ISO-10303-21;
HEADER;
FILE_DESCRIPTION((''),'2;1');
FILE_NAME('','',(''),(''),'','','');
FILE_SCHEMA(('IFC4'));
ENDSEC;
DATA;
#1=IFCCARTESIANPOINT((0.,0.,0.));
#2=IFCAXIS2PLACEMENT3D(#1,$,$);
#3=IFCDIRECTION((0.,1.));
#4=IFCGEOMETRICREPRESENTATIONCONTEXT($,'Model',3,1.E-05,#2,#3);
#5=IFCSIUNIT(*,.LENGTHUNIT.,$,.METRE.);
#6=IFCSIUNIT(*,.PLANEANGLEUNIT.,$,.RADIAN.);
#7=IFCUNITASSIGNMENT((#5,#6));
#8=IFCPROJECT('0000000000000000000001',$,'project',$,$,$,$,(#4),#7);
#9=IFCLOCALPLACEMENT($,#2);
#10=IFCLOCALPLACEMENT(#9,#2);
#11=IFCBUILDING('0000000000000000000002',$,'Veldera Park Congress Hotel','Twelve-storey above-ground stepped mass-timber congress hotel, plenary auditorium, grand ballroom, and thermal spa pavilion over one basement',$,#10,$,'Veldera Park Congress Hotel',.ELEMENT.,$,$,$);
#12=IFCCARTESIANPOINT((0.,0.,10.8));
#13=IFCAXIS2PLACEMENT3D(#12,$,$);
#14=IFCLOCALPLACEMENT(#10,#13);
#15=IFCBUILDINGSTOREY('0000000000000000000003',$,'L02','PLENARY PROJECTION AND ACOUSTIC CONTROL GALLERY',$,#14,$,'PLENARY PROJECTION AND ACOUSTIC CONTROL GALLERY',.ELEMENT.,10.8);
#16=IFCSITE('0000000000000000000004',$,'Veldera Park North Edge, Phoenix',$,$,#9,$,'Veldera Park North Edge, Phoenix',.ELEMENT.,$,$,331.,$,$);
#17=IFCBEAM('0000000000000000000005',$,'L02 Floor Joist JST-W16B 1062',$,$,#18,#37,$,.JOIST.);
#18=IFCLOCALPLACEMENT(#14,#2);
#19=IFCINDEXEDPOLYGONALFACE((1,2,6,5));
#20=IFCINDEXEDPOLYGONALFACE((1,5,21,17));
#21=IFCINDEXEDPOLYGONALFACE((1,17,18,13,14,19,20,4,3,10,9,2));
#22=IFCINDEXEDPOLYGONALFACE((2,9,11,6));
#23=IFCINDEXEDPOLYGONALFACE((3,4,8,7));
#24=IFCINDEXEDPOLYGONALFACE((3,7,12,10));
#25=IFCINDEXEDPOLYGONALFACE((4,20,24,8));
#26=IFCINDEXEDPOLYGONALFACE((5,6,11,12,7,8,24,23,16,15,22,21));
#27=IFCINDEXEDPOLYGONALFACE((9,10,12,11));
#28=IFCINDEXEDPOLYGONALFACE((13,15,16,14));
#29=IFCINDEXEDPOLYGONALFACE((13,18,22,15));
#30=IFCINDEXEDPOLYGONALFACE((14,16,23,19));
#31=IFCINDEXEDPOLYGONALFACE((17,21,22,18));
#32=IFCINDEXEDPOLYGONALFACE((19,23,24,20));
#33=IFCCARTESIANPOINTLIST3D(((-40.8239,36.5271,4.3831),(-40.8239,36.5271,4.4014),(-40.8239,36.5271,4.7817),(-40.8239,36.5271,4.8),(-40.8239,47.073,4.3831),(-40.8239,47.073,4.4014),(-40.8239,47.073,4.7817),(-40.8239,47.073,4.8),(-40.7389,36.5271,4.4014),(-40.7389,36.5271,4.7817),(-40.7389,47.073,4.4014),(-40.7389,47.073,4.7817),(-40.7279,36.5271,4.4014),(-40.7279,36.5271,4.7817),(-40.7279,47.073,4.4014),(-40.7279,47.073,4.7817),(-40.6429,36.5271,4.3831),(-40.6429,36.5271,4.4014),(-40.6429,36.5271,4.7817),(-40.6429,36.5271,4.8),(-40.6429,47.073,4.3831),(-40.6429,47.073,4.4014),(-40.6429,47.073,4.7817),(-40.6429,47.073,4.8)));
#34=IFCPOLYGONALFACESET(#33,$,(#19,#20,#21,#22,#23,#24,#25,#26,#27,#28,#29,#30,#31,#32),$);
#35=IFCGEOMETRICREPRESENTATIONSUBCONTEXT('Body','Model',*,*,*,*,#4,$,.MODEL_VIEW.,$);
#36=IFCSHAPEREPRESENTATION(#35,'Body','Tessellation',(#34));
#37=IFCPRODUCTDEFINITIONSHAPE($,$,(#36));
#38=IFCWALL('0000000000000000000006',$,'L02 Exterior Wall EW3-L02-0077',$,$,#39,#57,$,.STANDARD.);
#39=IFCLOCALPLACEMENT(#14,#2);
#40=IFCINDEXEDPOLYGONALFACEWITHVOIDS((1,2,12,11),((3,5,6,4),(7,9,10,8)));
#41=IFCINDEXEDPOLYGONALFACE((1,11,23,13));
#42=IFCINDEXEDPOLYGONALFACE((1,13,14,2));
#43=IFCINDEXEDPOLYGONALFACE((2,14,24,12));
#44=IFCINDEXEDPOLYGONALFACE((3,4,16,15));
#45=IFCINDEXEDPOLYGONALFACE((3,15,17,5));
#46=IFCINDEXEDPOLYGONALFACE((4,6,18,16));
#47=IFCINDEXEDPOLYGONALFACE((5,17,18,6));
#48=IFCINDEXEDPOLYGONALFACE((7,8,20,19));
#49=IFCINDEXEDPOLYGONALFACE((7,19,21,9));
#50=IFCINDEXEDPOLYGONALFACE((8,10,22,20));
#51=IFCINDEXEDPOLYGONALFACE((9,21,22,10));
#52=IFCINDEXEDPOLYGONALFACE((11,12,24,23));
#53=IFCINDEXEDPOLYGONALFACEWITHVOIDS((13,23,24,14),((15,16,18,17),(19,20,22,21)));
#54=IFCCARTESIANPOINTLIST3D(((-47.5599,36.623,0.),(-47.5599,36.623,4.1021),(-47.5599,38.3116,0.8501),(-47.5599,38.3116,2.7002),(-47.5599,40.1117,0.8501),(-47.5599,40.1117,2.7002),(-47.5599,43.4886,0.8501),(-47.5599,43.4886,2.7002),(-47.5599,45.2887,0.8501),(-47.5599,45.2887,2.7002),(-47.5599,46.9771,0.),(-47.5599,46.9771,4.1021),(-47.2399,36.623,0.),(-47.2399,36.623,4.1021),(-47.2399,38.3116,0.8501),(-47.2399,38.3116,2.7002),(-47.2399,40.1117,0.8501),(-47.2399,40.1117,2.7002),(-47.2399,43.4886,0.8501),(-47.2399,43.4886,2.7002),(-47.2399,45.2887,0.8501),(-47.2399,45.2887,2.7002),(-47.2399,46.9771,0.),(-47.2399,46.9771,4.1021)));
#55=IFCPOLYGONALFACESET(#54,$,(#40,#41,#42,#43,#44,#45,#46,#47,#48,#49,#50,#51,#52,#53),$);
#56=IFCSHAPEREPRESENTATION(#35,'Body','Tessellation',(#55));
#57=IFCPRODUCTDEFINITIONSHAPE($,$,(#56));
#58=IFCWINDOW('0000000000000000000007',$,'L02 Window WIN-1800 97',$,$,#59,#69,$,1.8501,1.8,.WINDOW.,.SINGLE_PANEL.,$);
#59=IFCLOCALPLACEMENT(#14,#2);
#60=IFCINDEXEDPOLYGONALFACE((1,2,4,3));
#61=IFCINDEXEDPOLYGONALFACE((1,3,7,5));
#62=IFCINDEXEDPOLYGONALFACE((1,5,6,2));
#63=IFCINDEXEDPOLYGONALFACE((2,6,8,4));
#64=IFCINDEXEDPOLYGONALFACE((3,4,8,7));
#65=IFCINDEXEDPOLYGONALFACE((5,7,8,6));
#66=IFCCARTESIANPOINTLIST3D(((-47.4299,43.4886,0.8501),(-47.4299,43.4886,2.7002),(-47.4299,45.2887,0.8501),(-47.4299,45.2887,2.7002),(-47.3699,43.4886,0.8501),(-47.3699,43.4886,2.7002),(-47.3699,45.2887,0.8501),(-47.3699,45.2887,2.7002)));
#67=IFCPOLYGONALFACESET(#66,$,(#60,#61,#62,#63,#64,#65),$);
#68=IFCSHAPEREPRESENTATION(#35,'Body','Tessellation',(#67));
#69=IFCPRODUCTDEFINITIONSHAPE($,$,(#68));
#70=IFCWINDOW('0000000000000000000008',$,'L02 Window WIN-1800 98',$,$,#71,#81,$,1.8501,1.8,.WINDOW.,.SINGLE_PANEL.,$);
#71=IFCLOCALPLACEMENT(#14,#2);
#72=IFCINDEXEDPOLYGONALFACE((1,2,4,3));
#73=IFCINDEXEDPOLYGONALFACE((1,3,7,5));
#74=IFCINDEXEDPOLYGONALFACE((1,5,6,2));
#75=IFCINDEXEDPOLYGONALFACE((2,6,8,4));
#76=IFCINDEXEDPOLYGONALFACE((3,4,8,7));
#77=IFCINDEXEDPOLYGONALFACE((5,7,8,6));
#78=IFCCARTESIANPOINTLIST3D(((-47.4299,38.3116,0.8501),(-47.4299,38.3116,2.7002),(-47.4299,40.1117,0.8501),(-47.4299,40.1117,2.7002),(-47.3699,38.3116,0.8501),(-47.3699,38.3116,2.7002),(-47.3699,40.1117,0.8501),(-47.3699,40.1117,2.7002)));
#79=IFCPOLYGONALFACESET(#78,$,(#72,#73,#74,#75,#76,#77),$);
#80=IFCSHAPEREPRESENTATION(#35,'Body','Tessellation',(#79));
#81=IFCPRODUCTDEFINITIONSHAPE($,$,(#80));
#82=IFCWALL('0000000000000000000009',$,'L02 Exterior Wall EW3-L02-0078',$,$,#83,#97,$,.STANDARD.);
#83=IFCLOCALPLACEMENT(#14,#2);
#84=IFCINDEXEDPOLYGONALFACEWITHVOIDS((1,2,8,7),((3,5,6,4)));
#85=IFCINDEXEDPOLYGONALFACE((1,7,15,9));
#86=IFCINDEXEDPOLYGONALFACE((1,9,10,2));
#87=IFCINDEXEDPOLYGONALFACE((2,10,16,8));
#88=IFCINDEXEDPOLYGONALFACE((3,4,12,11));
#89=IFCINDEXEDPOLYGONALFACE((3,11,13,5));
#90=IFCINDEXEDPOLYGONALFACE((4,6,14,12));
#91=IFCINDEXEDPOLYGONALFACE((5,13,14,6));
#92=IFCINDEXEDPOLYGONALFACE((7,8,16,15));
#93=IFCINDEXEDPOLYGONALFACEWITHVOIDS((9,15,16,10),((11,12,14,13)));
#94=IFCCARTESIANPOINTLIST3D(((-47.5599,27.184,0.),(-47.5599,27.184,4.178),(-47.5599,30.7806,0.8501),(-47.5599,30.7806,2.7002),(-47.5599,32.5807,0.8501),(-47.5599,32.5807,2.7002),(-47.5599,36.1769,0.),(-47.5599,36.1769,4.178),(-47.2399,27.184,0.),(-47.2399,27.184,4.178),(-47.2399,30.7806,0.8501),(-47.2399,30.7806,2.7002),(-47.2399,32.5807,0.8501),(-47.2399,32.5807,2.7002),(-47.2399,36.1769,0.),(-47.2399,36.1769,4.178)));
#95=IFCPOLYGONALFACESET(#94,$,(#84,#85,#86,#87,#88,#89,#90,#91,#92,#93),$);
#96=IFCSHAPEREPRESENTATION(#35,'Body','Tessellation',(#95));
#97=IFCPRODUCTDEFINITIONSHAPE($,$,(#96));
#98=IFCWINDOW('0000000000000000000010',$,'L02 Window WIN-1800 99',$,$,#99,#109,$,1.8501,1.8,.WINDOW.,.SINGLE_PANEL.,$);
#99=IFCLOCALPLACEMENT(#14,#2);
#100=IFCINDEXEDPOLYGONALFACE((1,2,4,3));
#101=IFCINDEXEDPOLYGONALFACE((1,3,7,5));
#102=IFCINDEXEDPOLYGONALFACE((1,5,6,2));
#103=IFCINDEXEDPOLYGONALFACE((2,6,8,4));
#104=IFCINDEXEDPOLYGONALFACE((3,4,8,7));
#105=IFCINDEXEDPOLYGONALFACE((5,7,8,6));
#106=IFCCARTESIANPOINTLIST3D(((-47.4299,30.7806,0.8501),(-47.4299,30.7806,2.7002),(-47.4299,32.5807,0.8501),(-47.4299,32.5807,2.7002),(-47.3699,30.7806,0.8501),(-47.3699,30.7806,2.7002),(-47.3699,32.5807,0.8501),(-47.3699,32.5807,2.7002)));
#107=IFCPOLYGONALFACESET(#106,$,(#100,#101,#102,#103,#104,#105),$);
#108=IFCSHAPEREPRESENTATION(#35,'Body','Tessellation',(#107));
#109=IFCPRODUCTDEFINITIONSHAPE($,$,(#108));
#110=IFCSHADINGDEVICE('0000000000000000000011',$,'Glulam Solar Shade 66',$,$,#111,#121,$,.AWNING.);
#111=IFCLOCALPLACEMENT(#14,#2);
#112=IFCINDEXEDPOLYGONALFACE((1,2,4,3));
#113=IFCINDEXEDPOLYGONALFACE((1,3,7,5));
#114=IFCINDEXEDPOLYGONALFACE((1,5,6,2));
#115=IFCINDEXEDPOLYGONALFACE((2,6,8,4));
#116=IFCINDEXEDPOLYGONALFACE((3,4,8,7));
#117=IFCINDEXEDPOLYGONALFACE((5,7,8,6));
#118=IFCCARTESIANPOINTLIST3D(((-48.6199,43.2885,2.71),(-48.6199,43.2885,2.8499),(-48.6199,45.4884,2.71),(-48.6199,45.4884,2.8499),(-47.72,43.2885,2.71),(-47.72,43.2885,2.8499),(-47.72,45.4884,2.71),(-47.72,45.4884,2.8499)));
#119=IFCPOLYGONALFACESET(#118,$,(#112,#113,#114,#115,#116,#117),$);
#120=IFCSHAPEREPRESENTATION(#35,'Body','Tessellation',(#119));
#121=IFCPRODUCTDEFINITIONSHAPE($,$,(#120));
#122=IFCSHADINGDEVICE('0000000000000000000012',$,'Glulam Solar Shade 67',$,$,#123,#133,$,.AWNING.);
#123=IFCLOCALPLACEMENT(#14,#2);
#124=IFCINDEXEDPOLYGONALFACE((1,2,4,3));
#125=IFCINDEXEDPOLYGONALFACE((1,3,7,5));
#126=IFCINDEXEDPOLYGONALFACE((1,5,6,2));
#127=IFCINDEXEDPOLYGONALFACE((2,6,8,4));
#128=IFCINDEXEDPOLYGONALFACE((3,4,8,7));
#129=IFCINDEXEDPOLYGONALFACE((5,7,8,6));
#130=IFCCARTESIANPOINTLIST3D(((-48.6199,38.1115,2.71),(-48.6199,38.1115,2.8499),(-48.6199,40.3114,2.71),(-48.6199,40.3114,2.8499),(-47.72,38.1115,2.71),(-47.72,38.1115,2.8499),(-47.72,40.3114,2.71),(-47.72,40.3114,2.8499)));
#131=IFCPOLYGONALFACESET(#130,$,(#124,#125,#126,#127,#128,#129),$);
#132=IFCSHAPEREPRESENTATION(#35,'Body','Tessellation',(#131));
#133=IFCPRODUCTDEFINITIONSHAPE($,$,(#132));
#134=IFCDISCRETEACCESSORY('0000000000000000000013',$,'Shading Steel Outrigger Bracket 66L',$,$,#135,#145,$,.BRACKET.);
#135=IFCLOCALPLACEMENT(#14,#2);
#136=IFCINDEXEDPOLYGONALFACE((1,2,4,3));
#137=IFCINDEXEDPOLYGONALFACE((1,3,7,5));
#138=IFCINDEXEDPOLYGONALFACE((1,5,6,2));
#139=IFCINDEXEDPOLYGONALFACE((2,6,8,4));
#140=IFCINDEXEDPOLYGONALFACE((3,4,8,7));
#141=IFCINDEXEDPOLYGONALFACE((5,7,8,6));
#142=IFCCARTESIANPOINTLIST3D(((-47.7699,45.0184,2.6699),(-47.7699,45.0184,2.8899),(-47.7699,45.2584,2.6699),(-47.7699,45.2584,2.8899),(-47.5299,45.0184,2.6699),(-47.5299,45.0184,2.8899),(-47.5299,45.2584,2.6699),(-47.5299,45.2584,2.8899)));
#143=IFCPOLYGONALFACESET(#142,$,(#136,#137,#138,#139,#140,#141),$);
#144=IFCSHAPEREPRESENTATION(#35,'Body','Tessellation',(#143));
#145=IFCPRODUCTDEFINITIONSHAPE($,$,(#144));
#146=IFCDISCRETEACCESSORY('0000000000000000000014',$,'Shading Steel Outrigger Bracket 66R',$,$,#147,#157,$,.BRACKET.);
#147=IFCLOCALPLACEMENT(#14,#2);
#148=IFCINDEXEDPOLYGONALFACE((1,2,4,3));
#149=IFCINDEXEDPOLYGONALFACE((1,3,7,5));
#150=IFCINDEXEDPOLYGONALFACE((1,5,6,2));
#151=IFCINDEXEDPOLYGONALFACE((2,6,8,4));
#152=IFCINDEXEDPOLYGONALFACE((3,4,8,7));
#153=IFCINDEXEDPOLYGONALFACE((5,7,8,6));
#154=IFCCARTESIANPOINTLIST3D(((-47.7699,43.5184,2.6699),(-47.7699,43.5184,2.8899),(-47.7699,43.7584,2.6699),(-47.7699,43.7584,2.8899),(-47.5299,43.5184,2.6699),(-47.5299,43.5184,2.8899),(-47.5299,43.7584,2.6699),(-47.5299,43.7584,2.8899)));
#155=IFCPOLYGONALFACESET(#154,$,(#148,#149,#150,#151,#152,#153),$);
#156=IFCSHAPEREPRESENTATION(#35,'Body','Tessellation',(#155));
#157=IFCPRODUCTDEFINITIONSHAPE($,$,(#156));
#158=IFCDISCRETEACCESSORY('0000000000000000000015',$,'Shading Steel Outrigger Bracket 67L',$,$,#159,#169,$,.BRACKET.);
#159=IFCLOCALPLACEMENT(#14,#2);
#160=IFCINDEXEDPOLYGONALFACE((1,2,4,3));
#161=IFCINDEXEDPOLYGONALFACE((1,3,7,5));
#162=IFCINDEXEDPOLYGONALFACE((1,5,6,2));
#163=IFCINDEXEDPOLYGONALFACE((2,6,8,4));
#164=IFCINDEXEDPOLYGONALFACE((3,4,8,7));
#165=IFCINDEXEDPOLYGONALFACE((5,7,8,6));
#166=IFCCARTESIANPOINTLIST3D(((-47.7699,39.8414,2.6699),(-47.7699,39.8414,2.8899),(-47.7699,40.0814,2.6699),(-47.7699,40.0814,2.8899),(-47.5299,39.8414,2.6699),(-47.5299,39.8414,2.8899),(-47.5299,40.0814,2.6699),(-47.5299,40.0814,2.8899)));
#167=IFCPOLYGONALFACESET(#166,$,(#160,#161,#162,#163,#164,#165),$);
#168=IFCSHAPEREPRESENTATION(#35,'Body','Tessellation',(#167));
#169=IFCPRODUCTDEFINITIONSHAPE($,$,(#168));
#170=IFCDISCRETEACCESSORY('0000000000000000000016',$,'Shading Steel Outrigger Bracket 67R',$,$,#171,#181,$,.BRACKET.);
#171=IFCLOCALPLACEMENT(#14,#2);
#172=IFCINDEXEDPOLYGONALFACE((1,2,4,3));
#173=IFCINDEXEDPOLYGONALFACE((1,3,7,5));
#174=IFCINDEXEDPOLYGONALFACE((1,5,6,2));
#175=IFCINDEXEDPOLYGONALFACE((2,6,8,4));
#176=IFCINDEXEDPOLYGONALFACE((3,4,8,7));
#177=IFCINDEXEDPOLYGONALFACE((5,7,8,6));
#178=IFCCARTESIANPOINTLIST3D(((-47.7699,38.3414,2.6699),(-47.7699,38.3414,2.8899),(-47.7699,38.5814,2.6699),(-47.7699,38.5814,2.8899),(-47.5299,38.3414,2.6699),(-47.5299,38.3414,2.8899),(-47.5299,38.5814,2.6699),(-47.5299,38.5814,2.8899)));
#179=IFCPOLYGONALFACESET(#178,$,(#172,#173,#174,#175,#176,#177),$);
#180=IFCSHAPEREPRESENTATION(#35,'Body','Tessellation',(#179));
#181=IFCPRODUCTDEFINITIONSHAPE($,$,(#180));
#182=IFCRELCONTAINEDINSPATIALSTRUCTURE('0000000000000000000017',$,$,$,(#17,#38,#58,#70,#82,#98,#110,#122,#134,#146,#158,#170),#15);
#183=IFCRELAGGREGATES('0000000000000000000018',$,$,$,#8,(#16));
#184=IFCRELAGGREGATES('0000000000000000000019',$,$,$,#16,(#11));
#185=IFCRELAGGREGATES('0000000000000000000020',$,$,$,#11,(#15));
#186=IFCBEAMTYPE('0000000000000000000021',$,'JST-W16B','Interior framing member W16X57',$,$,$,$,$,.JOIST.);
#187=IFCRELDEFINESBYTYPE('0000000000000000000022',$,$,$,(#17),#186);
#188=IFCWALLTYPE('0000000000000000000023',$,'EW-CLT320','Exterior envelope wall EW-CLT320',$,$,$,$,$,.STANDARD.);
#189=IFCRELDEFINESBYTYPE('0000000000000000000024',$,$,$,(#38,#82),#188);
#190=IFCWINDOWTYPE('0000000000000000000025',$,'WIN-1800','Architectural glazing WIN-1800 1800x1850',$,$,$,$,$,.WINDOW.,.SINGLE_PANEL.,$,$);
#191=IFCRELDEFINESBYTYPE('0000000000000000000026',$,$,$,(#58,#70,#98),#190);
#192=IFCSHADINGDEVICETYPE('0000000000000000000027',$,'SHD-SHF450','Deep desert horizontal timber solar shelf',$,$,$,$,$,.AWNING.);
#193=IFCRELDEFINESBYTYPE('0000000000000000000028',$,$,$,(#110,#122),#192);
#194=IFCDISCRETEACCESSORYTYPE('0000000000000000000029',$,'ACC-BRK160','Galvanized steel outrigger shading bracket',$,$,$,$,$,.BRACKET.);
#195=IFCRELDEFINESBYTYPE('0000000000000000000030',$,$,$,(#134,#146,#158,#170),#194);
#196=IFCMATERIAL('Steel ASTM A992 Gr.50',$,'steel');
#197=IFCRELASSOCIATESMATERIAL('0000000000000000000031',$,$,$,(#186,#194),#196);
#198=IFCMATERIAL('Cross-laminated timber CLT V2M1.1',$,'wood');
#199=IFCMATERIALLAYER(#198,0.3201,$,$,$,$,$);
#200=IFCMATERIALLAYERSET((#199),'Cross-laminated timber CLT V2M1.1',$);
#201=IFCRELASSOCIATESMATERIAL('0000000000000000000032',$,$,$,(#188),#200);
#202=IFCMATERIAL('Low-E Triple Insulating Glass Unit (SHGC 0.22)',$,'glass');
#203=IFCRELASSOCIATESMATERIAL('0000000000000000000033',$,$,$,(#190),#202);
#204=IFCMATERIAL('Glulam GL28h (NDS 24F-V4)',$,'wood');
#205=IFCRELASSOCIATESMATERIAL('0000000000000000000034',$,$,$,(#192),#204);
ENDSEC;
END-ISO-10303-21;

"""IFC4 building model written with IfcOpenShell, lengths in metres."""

from ifc_helpers import new_model, si_unit, direction, frame, frame_2d, origin, origin_2d, place, context, subcontext, project, spatial, rectangle, i_section, extrude, material, layer, layer_set, material_profile, profile_set, type_object, element, fill, save


model = new_model("IFC4")

# Units and contexts
model_context = context("Model", 3, precision=1e-05, world=origin(), true_north=direction((0.0, 1.0)))
body_context = subcontext(model_context, "Body", "Model", "MODEL_VIEW")
ifc_project = project(units=[si_unit("LENGTHUNIT", "METRE"), si_unit("PLANEANGLEUNIT", "RADIAN")], contexts=[model_context])

# Site, building, storey
site_placement = place(None, origin())
site = spatial("IfcSite", under=ifc_project, at=site_placement, Name="Veldera Park North Edge, Phoenix", LongName="Veldera Park North Edge, Phoenix", CompositionType="ELEMENT", RefElevation=331.0)
building_placement = place(site_placement, origin())
building = spatial("IfcBuilding", under=site, at=building_placement, Name="Veldera Park Congress Hotel", Description="Twelve-storey above-ground stepped mass-timber congress hotel, plenary auditorium, grand ballroom, and thermal spa pavilion over one basement", LongName="Veldera Park Congress Hotel", CompositionType="ELEMENT")
storey_placement = place(building_placement, frame((0.0, 0.0, 10.8)))
storey = spatial("IfcBuildingStorey", under=building, at=storey_placement, Name="L02", Description="PLENARY PROJECTION AND ACOUSTIC CONTROL GALLERY", LongName="PLENARY PROJECTION AND ACOUSTIC CONTROL GALLERY", CompositionType="ELEMENT", Elevation=10.8)

# Shared definitions
ifc_material_1 = material(Name="Glulam GL28h (NDS 24F-V4)", Category="wood")

# Beam
ifc_material_2 = material(Name="Steel ASTM A992 Gr.50", Category="steel")
ifc_material_profile_1 = material_profile(ifc_material_2, i_section(OverallWidth=0.1809, OverallDepth=0.417, WebThickness=0.011, FlangeThickness=0.0183, at=origin_2d()), Name="W16X57")
ifc_profile_set_1 = profile_set([ifc_material_profile_1], Name="Steel ASTM A992 Gr.50")
beam_type_1 = type_object("IfcBeamType", Name="JST-W16B", Description="Interior framing member W16X57", PredefinedType="JOIST", material=ifc_profile_set_1)
for number, where, z_axis, x_axis, name in (
    (1, (-40.7334, 36.5271, 4.5916), (0.0, 1.0, 0.0), (-1.0, 0.0, 0.0), "L02 Floor Joist JST-W16B 1062"),
):
    element("IfcBeam", number, at=place(storey_placement, frame(where, z_axis=z_axis, x_axis=x_axis)), inside=storey, type_object=beam_type_1, Name=name, PredefinedType="JOIST", context=body_context, shape_type="SweptSolid", body=[
        extrude(i_section(OverallWidth=0.1809, OverallDepth=0.417, WebThickness=0.011, FlangeThickness=0.0183, at=origin_2d()), origin(), (0.0, 0.0, 1.0), 10.5459),
    ])

# Wall, openings, windows
ifc_material_3 = material(Name="Cross-laminated timber CLT V2M1.1", Category="wood")
ifc_layer = layer(ifc_material_3, 0.3201)
ifc_layer_set = layer_set([ifc_layer], Name="Cross-laminated timber CLT V2M1.1")
wall_type = type_object("IfcWallType", Name="EW-CLT320", Description="Exterior envelope wall EW-CLT320", PredefinedType="STANDARD", material=ifc_layer_set)
wall_1_placement = place(storey_placement, frame((-47.3999, 46.9771, 0.0), z_axis=(0.0, 0.0, 1.0), x_axis=(0.0, -1.0, 0.0)))
wall_1 = element("IfcWall", 2, at=wall_1_placement, inside=storey, type_object=wall_type, Name="L02 Exterior Wall EW3-L02-0077", PredefinedType="STANDARD", context=body_context, shape_type="SweptSolid", body=[
    extrude(rectangle(XDim=10.354, YDim=0.3201, at=frame_2d((5.177, 0.0))), origin(), (0.0, 0.0, 1.0), 4.1021),
])
opening_1_placement = place(wall_1_placement, frame((1.6885, 0.0, 0.8501)))
opening_1 = element("IfcOpeningElement", 3, at=opening_1_placement, cuts=wall_1, PredefinedType="OPENING", context=body_context, shape_type="SweptSolid", body=[
    extrude(rectangle(XDim=1.8, YDim=1.8501, at=frame_2d((0.8999, 0.925))), frame((0.0, 0.1721, 0.0), z_axis=(0.0, -1.0, 0.0), x_axis=(1.0, 0.0, 0.0)), (0.0, 0.0, 1.0), 0.344),
])
opening_2_placement = place(wall_1_placement, frame((6.8655, 0.0, 0.8501)))
opening_2 = element("IfcOpeningElement", 4, at=opening_2_placement, cuts=wall_1, PredefinedType="OPENING", context=body_context, shape_type="SweptSolid", body=[
    extrude(rectangle(XDim=1.8, YDim=1.8501, at=frame_2d((0.8999, 0.925))), frame((0.0, 0.1721, 0.0), z_axis=(0.0, -1.0, 0.0), x_axis=(1.0, 0.0, 0.0)), (0.0, 0.0, 1.0), 0.344),
])
ifc_material_4 = material(Name="Low-E Triple Insulating Glass Unit (SHGC 0.22)", Category="glass")
window_type = type_object("IfcWindowType", Name="WIN-1800", Description="Architectural glazing WIN-1800 1800x1850", PartitioningType="SINGLE_PANEL", PredefinedType="WINDOW", material=ifc_material_4)
window_1_placement = place(opening_1_placement, origin())
window_1 = element("IfcWindow", 5, at=window_1_placement, inside=storey, type_object=window_type, Name="L02 Window WIN-1800 97", OverallHeight=1.8501, OverallWidth=1.8, PartitioningType="SINGLE_PANEL", PredefinedType="WINDOW", context=body_context, shape_type="SweptSolid", body=[
    extrude(rectangle(XDim=1.8, YDim=1.8501, at=frame_2d((0.8999, 0.925))), frame((0.0, 0.03, 0.0), z_axis=(0.0, -1.0, 0.0), x_axis=(1.0, 0.0, 0.0)), (0.0, 0.0, 1.0), 0.0601),
])
fill(opening_1, window_1)
window_2_placement = place(opening_2_placement, origin())
window_2 = element("IfcWindow", 6, at=window_2_placement, inside=storey, type_object=window_type, Name="L02 Window WIN-1800 98", OverallHeight=1.8501, OverallWidth=1.8, PartitioningType="SINGLE_PANEL", PredefinedType="WINDOW", context=body_context, shape_type="SweptSolid", body=[
    extrude(rectangle(XDim=1.8, YDim=1.8501, at=frame_2d((0.8999, 0.925))), frame((0.0, 0.03, 0.0), z_axis=(0.0, -1.0, 0.0), x_axis=(1.0, 0.0, 0.0)), (0.0, 0.0, 1.0), 0.0601),
])
fill(opening_2, window_2)

# Wall, opening, window
wall_2_placement = place(storey_placement, frame((-47.3999, 36.177, 0.0), z_axis=(0.0, 0.0, 1.0), x_axis=(0.0, -1.0, 0.0)))
wall_2 = element("IfcWall", 7, at=wall_2_placement, inside=storey, type_object=wall_type, Name="L02 Exterior Wall EW3-L02-0078", PredefinedType="STANDARD", context=body_context, shape_type="SweptSolid", body=[
    extrude(rectangle(XDim=8.9929, YDim=0.3201, at=frame_2d((4.4966, 0.0))), origin(), (0.0, 0.0, 1.0), 4.178),
])
opening_3_placement = place(wall_2_placement, frame((3.5964, 0.0, 0.8501)))
opening_3 = element("IfcOpeningElement", 8, at=opening_3_placement, cuts=wall_2, PredefinedType="OPENING", context=body_context, shape_type="SweptSolid", body=[
    extrude(rectangle(XDim=1.8, YDim=1.8501, at=frame_2d((0.8999, 0.925))), frame((0.0, 0.1721, 0.0), z_axis=(0.0, -1.0, 0.0), x_axis=(1.0, 0.0, 0.0)), (0.0, 0.0, 1.0), 0.344),
])
window_3_placement = place(opening_3_placement, origin())
window_3 = element("IfcWindow", 9, at=window_3_placement, inside=storey, type_object=window_type, Name="L02 Window WIN-1800 99", OverallHeight=1.8501, OverallWidth=1.8, PartitioningType="SINGLE_PANEL", PredefinedType="WINDOW", context=body_context, shape_type="SweptSolid", body=[
    extrude(rectangle(XDim=1.8, YDim=1.8501, at=frame_2d((0.8999, 0.925))), frame((0.0, 0.03, 0.0), z_axis=(0.0, -1.0, 0.0), x_axis=(1.0, 0.0, 0.0)), (0.0, 0.0, 1.0), 0.0601),
])
fill(opening_3, window_3)

# Shading devices
shading_device_type = type_object("IfcShadingDeviceType", Name="SHD-SHF450", Description="Deep desert horizontal timber solar shelf", PredefinedType="AWNING", material=ifc_material_1)
for number, where, z_axis, x_axis, name in (
    (10, (-48.1699, 44.3884, 2.71), (0.0, 0.0, 1.0), (0.0, -1.0, 0.0), "Glulam Solar Shade 66"),
    (11, (-48.1699, 39.2114, 2.71), (0.0, 0.0, 1.0), (0.0, -1.0, 0.0), "Glulam Solar Shade 67"),
):
    element("IfcShadingDevice", number, at=place(storey_placement, frame(where, z_axis=z_axis, x_axis=x_axis)), inside=storey, type_object=shading_device_type, Name=name, PredefinedType="AWNING", context=body_context, shape_type="SweptSolid", body=[
        extrude(rectangle(XDim=2.2, YDim=0.8999, at=origin_2d()), origin(), (0.0, 0.0, 1.0), 0.1399),
    ])

# Discrete accessories
discrete_accessory_type = type_object("IfcDiscreteAccessoryType", Name="ACC-BRK160", Description="Galvanized steel outrigger shading bracket", PredefinedType="BRACKET", material=ifc_material_2)
for number, where, z_axis, x_axis, name in (
    (12, (-47.6499, 45.1384, 2.6699), (0.0, 0.0, 1.0), (0.0, -1.0, 0.0), "Shading Steel Outrigger Bracket 66L"),
    (13, (-47.6499, 43.6384, 2.6699), (0.0, 0.0, 1.0), (0.0, -1.0, 0.0), "Shading Steel Outrigger Bracket 66R"),
    (14, (-47.6499, 39.9614, 2.6699), (0.0, 0.0, 1.0), (0.0, -1.0, 0.0), "Shading Steel Outrigger Bracket 67L"),
    (15, (-47.6499, 38.4614, 2.6699), (0.0, 0.0, 1.0), (0.0, -1.0, 0.0), "Shading Steel Outrigger Bracket 67R"),
):
    element("IfcDiscreteAccessory", number, at=place(storey_placement, frame(where, z_axis=z_axis, x_axis=x_axis)), inside=storey, type_object=discrete_accessory_type, Name=name, PredefinedType="BRACKET", context=body_context, shape_type="SweptSolid", body=[
        extrude(rectangle(XDim=0.24, YDim=0.24, at=origin_2d()), origin(), (0.0, 0.0, 1.0), 0.22),
    ])

save(model, "model.ifc")
